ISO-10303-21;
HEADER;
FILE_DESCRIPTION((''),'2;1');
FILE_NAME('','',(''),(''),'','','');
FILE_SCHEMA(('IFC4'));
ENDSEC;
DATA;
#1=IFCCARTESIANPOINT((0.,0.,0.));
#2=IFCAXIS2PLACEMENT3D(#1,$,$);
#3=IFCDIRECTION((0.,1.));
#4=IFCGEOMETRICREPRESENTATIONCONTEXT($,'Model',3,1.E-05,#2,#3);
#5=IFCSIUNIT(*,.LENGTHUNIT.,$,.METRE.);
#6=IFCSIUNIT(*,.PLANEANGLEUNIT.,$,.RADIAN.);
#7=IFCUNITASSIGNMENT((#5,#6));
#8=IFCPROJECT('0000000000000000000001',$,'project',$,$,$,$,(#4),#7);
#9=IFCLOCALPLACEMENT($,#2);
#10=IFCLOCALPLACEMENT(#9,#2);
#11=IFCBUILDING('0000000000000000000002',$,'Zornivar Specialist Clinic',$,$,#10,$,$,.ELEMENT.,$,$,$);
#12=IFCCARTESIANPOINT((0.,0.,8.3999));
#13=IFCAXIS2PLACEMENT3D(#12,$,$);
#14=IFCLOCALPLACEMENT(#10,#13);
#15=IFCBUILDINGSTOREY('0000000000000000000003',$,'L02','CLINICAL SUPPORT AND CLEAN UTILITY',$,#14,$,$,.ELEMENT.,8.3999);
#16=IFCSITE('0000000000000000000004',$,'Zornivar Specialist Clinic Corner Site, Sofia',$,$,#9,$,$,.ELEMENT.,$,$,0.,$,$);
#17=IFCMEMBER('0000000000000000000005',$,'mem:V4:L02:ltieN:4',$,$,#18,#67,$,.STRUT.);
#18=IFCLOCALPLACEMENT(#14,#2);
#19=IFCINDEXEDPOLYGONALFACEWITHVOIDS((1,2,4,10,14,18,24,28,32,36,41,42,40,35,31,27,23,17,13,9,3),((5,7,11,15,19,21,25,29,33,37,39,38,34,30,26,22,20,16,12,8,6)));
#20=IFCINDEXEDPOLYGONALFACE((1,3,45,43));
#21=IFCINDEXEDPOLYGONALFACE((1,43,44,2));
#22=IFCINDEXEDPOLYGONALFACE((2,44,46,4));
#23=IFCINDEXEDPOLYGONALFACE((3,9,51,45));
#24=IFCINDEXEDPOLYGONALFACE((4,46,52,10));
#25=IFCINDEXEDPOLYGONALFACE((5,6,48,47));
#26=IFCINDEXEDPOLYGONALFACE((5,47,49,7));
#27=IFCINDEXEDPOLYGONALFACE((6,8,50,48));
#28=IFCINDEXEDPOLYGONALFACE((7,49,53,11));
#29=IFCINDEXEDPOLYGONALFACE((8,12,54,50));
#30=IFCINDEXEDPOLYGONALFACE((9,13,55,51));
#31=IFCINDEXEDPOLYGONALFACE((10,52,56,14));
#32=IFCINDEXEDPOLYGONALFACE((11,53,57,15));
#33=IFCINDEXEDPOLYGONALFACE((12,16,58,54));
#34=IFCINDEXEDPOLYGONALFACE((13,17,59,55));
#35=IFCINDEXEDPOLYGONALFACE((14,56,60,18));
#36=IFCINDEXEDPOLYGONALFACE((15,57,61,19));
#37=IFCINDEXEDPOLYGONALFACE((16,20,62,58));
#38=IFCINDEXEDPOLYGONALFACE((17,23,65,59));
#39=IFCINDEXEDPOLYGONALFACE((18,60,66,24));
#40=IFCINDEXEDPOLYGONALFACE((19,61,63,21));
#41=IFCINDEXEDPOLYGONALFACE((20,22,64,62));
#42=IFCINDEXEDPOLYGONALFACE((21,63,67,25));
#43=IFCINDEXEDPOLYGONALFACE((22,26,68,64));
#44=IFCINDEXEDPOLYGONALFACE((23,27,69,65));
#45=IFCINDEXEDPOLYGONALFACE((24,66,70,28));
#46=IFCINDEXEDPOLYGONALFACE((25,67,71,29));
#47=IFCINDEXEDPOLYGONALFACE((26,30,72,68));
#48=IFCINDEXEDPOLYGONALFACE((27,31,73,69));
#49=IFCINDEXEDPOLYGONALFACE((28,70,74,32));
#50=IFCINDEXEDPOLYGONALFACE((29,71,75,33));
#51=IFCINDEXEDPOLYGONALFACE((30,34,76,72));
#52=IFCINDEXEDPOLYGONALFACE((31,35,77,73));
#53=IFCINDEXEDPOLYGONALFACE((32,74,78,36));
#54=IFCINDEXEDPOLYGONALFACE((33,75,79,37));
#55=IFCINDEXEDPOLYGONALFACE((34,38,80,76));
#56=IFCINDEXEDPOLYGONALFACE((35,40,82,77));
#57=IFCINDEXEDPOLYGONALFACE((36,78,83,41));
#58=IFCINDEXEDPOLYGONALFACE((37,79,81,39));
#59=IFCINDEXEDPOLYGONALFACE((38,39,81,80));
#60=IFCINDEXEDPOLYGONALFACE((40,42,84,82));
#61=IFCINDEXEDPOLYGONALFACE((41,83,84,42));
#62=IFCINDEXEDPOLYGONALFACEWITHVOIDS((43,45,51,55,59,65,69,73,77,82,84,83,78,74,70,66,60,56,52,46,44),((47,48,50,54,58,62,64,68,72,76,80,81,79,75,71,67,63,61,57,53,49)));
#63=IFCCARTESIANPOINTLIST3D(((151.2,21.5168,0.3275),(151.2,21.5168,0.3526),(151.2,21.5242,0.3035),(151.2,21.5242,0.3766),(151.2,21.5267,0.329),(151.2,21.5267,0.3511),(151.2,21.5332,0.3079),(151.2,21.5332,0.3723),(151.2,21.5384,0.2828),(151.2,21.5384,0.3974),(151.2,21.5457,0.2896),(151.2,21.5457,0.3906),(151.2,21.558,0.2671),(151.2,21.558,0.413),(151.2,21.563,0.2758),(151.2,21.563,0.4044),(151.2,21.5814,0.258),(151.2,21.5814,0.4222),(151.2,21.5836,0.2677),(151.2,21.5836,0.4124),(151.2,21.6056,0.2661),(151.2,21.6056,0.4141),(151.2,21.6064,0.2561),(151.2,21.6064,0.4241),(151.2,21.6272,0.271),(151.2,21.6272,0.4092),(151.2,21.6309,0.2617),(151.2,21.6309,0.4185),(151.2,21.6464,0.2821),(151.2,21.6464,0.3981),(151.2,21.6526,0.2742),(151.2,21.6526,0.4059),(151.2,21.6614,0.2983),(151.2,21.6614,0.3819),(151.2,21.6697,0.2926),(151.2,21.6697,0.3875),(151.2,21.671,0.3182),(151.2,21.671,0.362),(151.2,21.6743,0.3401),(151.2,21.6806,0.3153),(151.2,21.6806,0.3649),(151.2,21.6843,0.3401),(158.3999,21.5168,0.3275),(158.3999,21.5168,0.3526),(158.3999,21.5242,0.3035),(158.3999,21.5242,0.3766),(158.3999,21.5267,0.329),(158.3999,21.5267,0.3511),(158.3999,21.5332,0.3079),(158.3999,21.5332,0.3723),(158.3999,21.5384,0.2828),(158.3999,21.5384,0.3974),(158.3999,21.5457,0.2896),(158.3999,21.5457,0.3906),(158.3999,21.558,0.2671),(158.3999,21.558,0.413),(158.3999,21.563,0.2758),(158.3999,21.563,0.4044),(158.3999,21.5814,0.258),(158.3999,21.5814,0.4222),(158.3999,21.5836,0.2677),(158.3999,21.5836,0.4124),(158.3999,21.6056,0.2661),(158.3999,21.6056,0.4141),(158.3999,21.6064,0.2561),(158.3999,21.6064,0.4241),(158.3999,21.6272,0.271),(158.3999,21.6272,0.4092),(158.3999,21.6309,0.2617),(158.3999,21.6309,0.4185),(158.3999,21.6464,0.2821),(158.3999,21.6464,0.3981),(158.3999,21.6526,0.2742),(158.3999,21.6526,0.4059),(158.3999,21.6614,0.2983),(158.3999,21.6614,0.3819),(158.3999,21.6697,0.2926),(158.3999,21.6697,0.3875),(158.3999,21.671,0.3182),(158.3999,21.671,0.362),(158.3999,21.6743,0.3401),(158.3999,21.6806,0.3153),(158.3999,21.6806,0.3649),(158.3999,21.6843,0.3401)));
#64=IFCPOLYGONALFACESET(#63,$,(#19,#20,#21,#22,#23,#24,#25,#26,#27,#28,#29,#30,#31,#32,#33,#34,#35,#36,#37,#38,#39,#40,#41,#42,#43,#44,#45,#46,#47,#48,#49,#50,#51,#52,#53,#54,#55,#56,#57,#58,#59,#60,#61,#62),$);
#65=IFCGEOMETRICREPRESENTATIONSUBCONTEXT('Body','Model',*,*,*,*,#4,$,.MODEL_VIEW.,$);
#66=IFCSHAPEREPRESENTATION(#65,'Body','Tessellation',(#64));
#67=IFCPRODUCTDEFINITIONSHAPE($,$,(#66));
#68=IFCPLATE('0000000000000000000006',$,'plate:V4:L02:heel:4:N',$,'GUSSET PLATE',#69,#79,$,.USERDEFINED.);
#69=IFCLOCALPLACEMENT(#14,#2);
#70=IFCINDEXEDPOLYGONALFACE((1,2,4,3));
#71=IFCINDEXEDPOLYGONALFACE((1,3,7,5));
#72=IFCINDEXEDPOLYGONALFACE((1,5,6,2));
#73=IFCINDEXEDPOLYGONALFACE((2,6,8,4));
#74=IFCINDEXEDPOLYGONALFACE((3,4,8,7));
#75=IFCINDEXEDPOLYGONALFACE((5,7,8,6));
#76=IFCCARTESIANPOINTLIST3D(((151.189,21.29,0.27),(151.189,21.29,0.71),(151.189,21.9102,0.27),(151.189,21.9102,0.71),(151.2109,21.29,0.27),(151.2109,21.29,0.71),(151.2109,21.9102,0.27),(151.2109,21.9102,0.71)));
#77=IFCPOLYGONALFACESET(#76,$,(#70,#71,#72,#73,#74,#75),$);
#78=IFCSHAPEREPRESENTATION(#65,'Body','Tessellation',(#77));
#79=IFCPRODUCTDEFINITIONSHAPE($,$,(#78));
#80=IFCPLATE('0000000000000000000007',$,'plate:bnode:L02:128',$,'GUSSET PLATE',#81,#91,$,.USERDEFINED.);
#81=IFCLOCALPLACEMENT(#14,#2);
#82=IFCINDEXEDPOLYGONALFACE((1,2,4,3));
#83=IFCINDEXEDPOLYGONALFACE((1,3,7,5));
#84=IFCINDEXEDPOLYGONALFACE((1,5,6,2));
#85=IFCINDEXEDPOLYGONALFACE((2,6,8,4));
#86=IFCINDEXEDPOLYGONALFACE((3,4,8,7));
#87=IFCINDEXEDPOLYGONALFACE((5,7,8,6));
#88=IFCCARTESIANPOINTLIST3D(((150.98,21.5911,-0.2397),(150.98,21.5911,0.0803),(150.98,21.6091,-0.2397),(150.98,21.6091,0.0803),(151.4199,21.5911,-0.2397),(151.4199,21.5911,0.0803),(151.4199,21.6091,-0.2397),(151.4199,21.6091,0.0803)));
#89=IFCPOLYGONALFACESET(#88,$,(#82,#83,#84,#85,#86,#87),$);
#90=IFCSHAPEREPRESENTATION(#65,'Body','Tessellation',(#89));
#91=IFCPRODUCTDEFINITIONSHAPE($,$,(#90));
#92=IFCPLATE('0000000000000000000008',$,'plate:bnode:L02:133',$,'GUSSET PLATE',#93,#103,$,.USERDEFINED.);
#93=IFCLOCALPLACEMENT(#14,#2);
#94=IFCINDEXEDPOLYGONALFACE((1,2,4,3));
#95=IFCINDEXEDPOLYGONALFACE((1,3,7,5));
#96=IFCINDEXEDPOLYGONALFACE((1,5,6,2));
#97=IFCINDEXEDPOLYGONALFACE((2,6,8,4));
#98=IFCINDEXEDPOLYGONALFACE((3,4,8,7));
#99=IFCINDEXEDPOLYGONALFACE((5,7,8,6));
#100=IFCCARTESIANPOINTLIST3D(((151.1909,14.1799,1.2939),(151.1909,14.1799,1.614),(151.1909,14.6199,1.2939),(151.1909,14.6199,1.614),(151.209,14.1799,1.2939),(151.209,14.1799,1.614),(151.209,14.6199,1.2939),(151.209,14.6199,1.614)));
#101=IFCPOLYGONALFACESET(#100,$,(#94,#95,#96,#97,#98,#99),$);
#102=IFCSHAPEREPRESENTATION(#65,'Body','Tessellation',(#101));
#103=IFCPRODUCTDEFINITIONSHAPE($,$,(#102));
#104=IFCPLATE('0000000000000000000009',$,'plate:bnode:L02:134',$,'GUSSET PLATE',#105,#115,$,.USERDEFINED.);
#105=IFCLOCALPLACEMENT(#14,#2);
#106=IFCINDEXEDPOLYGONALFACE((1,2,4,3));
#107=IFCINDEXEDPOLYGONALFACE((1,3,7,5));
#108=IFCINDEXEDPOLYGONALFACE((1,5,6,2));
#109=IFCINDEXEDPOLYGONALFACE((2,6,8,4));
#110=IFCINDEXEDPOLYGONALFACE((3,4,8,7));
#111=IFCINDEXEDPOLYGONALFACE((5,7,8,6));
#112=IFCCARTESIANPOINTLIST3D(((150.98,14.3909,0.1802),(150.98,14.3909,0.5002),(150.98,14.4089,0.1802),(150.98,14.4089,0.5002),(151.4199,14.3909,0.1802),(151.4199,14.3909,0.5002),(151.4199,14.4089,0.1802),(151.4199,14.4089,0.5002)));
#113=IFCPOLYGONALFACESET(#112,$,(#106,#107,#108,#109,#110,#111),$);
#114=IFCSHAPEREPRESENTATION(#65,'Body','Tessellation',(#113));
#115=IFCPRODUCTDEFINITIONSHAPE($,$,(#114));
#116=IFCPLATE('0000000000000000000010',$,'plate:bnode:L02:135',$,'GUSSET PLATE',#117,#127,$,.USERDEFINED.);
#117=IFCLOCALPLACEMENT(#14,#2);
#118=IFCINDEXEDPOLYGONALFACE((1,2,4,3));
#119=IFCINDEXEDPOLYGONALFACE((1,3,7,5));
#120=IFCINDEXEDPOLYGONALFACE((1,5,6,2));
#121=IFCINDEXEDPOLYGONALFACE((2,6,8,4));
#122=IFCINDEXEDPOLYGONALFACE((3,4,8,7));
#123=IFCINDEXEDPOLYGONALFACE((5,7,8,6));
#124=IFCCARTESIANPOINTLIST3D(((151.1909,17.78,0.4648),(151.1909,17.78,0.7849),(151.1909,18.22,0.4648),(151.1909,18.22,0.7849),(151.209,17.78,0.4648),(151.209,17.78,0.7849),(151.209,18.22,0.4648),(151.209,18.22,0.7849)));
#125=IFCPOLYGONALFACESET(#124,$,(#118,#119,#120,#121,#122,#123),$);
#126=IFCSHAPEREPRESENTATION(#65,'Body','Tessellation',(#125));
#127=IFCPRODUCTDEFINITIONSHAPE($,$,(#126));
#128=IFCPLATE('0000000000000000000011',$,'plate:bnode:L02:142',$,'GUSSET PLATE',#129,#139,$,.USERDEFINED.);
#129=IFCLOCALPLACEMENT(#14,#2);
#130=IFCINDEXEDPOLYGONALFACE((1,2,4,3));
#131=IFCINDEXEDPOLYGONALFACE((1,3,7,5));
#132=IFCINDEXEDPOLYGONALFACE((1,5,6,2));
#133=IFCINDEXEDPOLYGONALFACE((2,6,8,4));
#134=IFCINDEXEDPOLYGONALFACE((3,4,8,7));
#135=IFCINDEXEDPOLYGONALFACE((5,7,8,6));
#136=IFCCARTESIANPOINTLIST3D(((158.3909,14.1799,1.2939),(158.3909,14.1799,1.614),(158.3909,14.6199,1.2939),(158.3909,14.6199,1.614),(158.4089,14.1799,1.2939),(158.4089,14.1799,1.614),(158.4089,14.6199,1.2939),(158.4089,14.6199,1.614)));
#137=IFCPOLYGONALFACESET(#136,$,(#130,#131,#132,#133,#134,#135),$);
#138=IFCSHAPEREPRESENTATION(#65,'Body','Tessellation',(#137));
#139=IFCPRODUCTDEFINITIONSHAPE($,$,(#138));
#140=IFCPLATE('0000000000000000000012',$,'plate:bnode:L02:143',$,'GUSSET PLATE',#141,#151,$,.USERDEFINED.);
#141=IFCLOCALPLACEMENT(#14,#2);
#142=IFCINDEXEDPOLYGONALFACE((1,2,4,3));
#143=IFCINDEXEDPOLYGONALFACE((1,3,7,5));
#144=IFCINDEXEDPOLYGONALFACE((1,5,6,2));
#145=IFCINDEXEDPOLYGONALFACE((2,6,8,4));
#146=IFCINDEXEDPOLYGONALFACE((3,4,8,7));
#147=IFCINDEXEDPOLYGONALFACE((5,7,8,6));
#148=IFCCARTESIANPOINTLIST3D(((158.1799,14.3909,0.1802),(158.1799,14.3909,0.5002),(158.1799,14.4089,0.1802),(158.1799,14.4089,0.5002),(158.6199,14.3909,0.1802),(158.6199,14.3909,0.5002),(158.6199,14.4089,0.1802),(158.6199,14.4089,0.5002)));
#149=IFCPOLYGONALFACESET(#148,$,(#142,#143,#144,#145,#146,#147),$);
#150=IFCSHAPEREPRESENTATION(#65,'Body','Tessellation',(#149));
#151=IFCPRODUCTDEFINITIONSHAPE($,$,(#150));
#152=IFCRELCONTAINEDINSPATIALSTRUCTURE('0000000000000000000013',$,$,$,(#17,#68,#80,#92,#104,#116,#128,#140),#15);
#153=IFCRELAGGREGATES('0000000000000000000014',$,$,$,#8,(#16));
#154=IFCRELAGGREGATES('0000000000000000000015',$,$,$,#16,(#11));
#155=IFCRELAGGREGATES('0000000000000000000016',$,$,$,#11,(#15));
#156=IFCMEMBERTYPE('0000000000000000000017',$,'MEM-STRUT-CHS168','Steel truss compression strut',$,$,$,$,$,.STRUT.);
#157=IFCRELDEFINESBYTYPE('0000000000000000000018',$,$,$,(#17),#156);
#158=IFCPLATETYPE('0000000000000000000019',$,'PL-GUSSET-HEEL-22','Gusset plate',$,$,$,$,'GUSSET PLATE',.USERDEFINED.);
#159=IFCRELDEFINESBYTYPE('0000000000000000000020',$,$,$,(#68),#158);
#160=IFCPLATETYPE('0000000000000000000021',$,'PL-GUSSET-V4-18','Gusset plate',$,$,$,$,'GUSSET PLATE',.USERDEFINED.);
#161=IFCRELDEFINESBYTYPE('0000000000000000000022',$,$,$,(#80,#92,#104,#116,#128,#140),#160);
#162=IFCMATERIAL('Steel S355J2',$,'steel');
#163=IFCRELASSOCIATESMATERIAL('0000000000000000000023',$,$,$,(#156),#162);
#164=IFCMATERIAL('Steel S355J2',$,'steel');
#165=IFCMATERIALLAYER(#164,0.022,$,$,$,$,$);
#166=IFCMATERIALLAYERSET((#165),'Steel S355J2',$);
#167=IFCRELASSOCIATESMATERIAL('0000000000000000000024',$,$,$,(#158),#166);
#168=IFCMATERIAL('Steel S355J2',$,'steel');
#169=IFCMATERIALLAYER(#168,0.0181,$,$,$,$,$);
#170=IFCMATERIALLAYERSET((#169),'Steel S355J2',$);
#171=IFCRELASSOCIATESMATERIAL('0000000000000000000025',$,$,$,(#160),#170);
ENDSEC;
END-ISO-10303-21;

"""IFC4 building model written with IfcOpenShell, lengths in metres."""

from ifc_helpers import new_model, si_unit, direction, frame, origin, origin_2d, place, context, subcontext, project, spatial, rectangle, hollow_circle, extrude, material, layer, layer_set, material_profile, profile_set, type_object, element, save


model = new_model("IFC4")

# Units and contexts
model_context = context("Model", 3, precision=1e-05, world=origin(), true_north=direction((0.0, 1.0)))
body_context = subcontext(model_context, "Body", "Model", "MODEL_VIEW")
ifc_project = project(units=[si_unit("LENGTHUNIT", "METRE"), si_unit("PLANEANGLEUNIT", "RADIAN")], contexts=[model_context])

# Site, building, storey
site_placement = place(None, origin())
site = spatial("IfcSite", under=ifc_project, at=site_placement, Name="Zornivar Specialist Clinic Corner Site, Sofia", CompositionType="ELEMENT", RefElevation=0.0)
building_placement = place(site_placement, origin())
building = spatial("IfcBuilding", under=site, at=building_placement, Name="Zornivar Specialist Clinic", CompositionType="ELEMENT")
storey_placement = place(building_placement, frame((0.0, 0.0, 8.3999)))
storey = spatial("IfcBuildingStorey", under=building, at=storey_placement, Name="L02", Description="CLINICAL SUPPORT AND CLEAN UTILITY", CompositionType="ELEMENT", Elevation=8.3999)

# Member
ifc_material_1 = material(Name="Steel S355J2", Category="steel")
ifc_material_profile_1 = material_profile(ifc_material_1, hollow_circle(Radius=0.0842, WallThickness=0.01, at=origin_2d()), Name="CHS 168.3x10")
ifc_profile_set_1 = profile_set([ifc_material_profile_1], Name="Steel S355J2")
member_type_1 = type_object("IfcMemberType", Name="MEM-STRUT-CHS168", Description="Steel truss compression strut", PredefinedType="STRUT", material=ifc_profile_set_1)
member_1_placement = place(storey_placement, frame((151.2, 21.6001, 0.3401), z_axis=(1.0, 0.0, 0.0), x_axis=(0.0, 1.0, 0.0)))
element("IfcMember", 1, at=member_1_placement, inside=storey, type_object=member_type_1, Name="mem:V4:L02:ltieN:4", PredefinedType="STRUT", context=body_context, shape_type="SweptSolid", body=[
    extrude(hollow_circle(Radius=0.0842, WallThickness=0.01, at=origin_2d()), origin(), (0.0, 0.0, 1.0), 7.2),
])

# Plates
ifc_material_2 = material(Name="Steel S355J2", Category="steel")
ifc_layer_1 = layer(ifc_material_2, 0.022)
ifc_layer_set_1 = layer_set([ifc_layer_1], Name="Steel S355J2")
plate_type_1 = type_object("IfcPlateType", Name="PL-GUSSET-HEEL-22", Description="Gusset plate", ElementType="GUSSET PLATE", PredefinedType="USERDEFINED", material=ifc_layer_set_1)
plate_placement = place(storey_placement, frame((151.2, 21.6001, 0.27), z_axis=(0.0, 0.0, 1.0), x_axis=(1.0, 0.0, 0.0)))
element("IfcPlate", 2, at=plate_placement, inside=storey, type_object=plate_type_1, Name="plate:V4:L02:heel:4:N", ObjectType="GUSSET PLATE", PredefinedType="USERDEFINED", context=body_context, shape_type="SweptSolid", body=[
    extrude(rectangle(XDim=0.022, YDim=0.6201, at=origin_2d()), origin(), (0.0, 0.0, 1.0), 0.4399),
])
ifc_material_3 = material(Name="Steel S355J2", Category="steel")
ifc_layer_2 = layer(ifc_material_3, 0.0181)
ifc_layer_set_2 = layer_set([ifc_layer_2], Name="Steel S355J2")
plate_type_2 = type_object("IfcPlateType", Name="PL-GUSSET-V4-18", Description="Gusset plate", ElementType="GUSSET PLATE", PredefinedType="USERDEFINED", material=ifc_layer_set_2)
for number, where, z_axis, x_axis, name in (
    (3, (151.2, 21.6001, -0.2397), (0.0, 0.0, 1.0), (1.0, 0.0, 0.0), "plate:bnode:L02:128"),
    (4, (151.2, 14.3999, 1.2939), (0.0, 0.0, 1.0), (0.0, 1.0, 0.0), "plate:bnode:L02:133"),
    (5, (151.2, 14.3999, 0.1802), (0.0, 0.0, 1.0), (1.0, 0.0, 0.0), "plate:bnode:L02:134"),
    (6, (151.2, 18.0, 0.4648), (0.0, 0.0, 1.0), (0.0, 1.0, 0.0), "plate:bnode:L02:135"),
    (7, (158.3999, 14.3999, 1.2939), (0.0, 0.0, 1.0), (0.0, 1.0, 0.0), "plate:bnode:L02:142"),
    (8, (158.3999, 14.3999, 0.1802), (0.0, 0.0, 1.0), (1.0, 0.0, 0.0), "plate:bnode:L02:143"),
):
    element("IfcPlate", number, at=place(storey_placement, frame(where, z_axis=z_axis, x_axis=x_axis)), inside=storey, type_object=plate_type_2, Name=name, ObjectType="GUSSET PLATE", PredefinedType="USERDEFINED", context=body_context, shape_type="SweptSolid", body=[
        extrude(rectangle(XDim=0.4399, YDim=0.0181, at=origin_2d()), origin(), (0.0, 0.0, 1.0), 0.3201),
    ])

save(model, "model.ifc")
